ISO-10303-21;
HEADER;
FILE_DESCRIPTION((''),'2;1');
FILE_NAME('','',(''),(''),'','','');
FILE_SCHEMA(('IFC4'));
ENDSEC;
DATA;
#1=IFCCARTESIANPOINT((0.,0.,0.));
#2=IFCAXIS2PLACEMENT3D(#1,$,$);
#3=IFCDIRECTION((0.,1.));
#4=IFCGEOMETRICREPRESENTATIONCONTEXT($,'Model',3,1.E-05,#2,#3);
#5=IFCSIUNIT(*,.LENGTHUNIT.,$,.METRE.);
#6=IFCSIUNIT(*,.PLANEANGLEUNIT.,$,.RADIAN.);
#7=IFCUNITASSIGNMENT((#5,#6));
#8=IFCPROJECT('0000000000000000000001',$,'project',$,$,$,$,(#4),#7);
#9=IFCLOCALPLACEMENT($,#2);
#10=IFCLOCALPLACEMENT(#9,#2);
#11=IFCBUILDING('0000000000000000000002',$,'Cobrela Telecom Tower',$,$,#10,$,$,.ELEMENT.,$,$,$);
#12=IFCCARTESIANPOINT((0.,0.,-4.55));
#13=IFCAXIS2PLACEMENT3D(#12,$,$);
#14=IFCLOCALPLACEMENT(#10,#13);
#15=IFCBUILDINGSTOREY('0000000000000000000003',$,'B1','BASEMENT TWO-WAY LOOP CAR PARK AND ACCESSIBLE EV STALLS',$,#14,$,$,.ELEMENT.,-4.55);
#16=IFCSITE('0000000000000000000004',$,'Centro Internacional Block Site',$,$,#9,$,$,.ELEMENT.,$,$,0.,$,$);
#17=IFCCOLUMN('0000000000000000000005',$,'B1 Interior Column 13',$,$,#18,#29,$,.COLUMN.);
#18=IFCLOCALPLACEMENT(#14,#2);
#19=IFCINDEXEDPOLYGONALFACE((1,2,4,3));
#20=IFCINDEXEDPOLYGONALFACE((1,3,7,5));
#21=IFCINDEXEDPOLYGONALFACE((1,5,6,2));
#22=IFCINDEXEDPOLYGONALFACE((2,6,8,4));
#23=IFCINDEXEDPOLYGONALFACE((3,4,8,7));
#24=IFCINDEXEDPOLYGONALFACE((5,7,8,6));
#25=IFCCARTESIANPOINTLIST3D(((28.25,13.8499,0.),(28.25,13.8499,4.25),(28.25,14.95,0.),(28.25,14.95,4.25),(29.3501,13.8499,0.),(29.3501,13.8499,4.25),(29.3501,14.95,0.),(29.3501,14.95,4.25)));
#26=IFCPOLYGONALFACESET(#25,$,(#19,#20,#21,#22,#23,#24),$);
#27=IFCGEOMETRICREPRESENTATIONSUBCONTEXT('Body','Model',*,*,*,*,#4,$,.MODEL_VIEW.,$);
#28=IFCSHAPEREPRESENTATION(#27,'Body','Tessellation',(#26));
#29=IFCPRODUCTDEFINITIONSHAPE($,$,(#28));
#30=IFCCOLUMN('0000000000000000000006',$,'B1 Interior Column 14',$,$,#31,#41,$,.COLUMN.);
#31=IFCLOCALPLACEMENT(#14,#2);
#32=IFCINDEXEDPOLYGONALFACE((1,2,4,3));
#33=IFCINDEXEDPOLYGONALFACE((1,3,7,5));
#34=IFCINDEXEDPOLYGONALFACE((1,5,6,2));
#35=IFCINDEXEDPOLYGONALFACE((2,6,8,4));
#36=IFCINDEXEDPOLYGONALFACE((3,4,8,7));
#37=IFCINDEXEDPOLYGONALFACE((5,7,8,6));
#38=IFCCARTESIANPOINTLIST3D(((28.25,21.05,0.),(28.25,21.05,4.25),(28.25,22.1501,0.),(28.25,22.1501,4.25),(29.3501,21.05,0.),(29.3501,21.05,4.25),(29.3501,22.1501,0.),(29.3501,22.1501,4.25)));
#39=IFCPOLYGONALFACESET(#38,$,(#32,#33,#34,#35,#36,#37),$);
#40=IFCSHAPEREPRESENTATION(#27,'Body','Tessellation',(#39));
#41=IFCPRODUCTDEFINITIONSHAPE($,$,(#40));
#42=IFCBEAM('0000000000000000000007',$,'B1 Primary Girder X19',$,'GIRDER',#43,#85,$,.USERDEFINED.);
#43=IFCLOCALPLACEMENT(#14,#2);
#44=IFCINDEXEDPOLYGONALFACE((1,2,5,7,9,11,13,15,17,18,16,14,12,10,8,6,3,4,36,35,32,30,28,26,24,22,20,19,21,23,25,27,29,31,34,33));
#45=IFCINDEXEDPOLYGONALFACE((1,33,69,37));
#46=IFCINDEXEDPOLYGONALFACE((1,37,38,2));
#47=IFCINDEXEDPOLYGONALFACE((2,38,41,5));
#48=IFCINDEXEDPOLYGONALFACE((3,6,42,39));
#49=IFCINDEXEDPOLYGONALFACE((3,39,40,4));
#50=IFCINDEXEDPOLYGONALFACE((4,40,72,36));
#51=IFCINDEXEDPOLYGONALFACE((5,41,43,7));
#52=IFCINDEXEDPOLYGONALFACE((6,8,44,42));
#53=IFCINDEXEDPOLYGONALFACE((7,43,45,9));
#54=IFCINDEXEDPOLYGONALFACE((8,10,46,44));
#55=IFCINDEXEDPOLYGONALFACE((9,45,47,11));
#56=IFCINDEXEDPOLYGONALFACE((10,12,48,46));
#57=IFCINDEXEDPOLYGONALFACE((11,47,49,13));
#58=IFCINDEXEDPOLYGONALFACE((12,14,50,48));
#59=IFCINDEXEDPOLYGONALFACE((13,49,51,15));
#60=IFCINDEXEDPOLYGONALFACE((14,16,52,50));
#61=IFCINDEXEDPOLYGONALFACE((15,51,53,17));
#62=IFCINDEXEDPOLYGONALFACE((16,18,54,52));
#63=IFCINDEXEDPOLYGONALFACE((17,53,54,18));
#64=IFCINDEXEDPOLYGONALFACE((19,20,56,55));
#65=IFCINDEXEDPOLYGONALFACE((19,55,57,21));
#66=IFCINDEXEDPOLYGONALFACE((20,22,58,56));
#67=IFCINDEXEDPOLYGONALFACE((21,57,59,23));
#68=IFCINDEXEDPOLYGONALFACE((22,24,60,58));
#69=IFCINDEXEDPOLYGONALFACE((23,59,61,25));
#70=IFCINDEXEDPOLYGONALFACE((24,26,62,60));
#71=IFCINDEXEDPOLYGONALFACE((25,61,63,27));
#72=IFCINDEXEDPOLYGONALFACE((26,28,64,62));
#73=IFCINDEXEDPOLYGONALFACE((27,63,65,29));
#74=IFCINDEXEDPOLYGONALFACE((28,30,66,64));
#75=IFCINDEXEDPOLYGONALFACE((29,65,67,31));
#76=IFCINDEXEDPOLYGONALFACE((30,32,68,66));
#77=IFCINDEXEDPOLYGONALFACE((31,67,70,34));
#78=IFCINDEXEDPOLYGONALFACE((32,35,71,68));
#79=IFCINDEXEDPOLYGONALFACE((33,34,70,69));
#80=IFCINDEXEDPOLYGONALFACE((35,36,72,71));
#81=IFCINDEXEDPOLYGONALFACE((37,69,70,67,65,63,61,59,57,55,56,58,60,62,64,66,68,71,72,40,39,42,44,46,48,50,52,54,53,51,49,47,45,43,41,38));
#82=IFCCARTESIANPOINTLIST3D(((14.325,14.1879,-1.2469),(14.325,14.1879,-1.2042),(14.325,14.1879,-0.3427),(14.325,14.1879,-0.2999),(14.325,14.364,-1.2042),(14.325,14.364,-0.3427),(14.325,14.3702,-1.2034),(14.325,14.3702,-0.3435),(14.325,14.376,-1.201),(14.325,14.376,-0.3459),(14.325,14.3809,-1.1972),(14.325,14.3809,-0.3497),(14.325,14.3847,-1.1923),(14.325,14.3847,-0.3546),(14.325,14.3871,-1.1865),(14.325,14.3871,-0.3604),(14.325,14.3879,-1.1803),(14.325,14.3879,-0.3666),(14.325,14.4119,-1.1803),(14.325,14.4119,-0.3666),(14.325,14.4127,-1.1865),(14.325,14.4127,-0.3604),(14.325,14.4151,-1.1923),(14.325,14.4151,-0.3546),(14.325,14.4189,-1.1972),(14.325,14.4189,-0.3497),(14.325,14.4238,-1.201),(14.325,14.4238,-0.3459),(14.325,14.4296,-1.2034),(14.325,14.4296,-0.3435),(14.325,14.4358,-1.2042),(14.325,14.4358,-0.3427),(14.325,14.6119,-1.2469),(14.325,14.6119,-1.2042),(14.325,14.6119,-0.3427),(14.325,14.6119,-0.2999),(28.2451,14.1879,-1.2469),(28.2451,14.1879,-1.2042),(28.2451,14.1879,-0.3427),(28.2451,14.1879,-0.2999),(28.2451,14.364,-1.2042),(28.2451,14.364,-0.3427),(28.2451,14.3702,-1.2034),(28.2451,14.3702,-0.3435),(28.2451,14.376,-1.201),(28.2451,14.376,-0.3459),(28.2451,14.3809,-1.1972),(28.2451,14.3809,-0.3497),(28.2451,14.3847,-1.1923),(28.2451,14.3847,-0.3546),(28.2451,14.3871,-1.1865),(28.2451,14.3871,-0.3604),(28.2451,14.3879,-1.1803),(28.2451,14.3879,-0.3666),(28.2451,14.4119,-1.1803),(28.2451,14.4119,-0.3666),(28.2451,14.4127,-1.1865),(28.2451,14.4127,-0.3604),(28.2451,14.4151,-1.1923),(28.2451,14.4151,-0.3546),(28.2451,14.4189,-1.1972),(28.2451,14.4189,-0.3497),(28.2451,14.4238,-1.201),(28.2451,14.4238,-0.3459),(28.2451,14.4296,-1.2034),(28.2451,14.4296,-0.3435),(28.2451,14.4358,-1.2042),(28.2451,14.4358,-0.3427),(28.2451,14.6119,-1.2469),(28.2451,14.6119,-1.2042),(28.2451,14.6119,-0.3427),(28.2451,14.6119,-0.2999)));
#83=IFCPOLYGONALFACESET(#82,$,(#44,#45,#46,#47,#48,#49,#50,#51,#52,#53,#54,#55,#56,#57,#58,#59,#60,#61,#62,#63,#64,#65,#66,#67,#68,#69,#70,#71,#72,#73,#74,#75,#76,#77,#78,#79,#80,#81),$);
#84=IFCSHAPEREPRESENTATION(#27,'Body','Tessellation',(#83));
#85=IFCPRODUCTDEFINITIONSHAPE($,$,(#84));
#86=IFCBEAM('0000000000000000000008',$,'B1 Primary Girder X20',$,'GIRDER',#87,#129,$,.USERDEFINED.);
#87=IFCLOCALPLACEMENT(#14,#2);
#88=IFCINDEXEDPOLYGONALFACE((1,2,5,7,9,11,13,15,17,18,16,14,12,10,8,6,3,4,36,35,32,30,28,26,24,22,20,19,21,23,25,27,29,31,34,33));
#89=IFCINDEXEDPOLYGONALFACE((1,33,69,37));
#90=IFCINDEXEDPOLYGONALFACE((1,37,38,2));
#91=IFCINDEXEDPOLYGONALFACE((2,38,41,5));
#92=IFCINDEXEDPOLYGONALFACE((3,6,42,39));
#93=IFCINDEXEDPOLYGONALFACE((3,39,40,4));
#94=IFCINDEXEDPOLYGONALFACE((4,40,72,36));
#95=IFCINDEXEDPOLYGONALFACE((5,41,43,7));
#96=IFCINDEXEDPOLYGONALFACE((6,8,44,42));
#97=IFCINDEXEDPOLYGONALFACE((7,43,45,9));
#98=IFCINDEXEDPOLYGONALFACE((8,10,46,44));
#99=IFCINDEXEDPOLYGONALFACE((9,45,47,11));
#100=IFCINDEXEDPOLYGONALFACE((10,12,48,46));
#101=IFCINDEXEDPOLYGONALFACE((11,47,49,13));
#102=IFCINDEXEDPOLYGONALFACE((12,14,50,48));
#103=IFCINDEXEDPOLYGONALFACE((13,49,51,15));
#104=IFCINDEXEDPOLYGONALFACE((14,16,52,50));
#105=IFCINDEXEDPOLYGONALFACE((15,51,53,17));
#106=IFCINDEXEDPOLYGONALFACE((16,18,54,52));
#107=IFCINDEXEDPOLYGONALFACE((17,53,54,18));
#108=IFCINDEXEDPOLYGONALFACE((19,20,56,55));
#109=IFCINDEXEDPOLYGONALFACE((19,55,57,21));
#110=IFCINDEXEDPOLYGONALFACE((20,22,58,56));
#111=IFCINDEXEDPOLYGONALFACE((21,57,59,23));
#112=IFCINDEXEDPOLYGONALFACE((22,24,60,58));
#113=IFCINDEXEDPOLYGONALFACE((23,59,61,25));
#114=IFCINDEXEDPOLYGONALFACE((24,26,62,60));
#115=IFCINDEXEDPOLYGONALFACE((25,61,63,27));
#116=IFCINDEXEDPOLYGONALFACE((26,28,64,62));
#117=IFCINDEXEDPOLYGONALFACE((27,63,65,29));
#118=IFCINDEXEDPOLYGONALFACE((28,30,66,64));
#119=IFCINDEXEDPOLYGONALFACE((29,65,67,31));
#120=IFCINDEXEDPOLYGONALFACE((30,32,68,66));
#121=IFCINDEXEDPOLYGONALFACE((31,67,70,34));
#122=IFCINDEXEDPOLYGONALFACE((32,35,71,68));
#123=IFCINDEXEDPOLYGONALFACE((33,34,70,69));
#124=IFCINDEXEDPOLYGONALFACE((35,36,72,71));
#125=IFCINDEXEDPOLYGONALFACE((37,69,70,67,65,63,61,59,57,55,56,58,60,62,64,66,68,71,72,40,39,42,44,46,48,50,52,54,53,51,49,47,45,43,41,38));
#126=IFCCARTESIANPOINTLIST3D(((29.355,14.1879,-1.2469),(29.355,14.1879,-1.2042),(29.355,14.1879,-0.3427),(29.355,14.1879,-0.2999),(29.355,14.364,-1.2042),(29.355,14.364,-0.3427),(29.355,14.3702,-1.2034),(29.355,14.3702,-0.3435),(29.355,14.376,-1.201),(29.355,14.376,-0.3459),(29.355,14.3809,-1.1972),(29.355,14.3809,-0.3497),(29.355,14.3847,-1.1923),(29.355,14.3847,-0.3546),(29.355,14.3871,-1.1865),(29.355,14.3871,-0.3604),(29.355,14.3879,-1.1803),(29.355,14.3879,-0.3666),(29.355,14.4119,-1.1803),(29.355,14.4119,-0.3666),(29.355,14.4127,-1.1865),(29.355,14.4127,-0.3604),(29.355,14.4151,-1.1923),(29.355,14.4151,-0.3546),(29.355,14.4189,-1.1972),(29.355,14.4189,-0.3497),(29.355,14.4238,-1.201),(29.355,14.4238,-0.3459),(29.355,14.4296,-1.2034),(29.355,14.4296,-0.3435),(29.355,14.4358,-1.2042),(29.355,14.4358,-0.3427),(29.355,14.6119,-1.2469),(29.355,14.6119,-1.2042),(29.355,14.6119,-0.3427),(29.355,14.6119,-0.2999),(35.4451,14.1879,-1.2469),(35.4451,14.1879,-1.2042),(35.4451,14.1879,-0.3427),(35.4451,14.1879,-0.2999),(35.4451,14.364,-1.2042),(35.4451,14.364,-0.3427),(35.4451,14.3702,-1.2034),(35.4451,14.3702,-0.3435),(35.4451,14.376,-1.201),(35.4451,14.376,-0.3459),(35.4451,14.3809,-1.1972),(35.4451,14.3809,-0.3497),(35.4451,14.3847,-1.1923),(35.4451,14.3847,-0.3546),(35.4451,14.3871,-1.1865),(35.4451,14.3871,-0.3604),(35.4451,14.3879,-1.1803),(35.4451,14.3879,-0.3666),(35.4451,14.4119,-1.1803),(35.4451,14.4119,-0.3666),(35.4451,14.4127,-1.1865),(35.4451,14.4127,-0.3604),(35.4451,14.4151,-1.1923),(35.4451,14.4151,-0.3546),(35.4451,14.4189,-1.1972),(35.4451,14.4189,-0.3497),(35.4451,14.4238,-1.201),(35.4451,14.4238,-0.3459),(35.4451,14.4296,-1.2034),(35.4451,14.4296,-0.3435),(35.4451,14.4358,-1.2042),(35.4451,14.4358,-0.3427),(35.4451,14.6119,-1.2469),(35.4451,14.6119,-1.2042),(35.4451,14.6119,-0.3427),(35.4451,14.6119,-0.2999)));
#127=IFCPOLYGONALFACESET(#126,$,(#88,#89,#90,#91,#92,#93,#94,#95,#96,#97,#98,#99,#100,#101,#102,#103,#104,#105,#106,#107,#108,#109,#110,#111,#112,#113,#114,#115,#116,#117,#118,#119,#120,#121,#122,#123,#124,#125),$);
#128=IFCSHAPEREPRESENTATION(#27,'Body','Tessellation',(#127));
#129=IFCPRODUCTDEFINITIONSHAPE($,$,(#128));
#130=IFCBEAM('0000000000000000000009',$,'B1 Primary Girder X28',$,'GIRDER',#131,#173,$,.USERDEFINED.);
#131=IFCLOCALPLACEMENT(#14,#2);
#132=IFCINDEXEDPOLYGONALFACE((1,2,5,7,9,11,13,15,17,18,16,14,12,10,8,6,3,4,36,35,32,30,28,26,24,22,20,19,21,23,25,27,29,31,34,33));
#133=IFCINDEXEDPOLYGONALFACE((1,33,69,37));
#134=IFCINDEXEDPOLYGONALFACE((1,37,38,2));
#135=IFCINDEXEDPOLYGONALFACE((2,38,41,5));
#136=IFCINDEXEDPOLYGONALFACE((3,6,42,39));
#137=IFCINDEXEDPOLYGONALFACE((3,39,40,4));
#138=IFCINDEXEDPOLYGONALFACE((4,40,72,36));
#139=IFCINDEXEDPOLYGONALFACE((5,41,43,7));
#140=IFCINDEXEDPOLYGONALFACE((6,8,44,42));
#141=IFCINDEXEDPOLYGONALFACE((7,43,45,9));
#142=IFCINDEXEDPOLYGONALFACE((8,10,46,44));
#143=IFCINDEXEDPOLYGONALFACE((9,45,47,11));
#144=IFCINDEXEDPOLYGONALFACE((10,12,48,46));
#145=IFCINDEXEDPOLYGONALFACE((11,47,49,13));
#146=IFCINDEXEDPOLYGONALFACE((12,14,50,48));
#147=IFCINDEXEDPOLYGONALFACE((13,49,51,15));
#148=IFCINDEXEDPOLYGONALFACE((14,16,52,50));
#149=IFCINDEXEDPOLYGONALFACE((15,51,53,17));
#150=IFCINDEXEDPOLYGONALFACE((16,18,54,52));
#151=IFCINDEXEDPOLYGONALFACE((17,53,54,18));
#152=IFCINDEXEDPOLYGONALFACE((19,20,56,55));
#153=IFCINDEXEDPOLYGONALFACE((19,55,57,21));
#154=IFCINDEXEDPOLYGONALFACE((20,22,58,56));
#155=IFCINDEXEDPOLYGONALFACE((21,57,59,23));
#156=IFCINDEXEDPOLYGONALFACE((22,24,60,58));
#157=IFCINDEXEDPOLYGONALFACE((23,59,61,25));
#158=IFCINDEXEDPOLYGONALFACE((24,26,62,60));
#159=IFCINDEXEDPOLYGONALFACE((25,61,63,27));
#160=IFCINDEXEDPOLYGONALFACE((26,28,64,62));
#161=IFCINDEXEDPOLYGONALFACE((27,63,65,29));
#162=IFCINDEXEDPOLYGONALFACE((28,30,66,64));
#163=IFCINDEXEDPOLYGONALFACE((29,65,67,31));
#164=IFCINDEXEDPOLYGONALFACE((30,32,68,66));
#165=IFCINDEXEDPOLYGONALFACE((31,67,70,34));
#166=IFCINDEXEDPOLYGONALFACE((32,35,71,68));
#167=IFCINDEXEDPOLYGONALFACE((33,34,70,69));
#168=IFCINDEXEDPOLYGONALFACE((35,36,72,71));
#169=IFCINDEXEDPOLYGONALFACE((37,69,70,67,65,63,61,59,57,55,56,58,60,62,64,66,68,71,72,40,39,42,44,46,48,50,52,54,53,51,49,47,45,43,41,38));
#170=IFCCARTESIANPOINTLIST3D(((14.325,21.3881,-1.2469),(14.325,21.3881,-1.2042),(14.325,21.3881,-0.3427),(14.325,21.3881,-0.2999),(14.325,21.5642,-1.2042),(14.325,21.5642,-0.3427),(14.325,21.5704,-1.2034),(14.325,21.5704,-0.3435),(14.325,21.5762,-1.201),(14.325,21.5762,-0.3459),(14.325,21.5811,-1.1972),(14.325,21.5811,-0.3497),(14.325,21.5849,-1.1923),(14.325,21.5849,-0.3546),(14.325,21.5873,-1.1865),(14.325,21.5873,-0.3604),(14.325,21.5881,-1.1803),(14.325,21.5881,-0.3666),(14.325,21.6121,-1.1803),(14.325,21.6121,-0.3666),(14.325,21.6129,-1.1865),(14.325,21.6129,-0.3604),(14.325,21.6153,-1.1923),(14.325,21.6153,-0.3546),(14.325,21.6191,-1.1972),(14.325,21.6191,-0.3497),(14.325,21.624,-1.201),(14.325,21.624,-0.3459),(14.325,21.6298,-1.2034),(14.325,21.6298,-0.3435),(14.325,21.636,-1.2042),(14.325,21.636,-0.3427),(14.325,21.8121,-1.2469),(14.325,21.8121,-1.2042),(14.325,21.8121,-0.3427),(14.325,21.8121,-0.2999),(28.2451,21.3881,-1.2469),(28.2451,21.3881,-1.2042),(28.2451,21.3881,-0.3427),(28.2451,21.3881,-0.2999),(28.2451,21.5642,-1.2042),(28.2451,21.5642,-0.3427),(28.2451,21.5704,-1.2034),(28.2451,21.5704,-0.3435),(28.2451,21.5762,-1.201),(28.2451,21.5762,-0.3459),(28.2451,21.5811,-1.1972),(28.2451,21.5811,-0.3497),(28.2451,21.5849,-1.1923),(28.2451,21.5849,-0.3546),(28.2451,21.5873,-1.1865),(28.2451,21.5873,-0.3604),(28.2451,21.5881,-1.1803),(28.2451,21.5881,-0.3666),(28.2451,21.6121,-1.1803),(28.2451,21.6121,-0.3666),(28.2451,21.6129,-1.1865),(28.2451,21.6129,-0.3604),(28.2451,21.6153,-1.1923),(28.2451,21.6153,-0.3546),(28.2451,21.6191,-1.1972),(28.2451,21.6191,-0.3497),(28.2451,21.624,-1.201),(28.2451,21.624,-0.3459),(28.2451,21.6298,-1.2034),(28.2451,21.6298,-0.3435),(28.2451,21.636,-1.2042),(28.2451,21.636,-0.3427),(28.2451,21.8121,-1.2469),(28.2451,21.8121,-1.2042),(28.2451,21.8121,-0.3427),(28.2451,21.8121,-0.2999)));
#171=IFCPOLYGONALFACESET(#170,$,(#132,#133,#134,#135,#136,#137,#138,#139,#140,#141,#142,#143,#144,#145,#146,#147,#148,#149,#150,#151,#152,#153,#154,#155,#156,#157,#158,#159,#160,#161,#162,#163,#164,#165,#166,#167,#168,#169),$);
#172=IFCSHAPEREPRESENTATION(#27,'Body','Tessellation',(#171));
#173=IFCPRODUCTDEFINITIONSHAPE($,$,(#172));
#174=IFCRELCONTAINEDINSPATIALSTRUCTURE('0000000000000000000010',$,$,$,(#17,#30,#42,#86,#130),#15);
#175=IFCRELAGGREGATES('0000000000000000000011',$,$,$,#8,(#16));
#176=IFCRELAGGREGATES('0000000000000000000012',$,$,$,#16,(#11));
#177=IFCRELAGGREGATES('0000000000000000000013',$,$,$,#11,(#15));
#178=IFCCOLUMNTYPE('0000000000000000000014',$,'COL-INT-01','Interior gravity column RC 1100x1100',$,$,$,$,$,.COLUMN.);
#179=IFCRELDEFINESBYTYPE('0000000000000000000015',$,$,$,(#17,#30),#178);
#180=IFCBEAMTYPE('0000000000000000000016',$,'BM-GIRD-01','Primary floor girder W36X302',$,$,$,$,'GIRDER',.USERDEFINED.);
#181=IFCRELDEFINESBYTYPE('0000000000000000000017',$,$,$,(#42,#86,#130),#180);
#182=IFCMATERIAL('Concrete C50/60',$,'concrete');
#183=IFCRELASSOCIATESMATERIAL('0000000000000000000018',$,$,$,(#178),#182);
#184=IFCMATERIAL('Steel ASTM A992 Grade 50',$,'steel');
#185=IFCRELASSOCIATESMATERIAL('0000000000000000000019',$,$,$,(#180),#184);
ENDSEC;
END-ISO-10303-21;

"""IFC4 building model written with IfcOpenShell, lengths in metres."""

from ifc_helpers import new_model, si_unit, direction, frame, origin, origin_2d, place, context, subcontext, project, spatial, rectangle, i_section, extrude, material, material_profile, profile_set, type_object, element, save


model = new_model("IFC4")

# Units and contexts
model_context = context("Model", 3, precision=1e-05, world=origin(), true_north=direction((0.0, 1.0)))
body_context = subcontext(model_context, "Body", "Model", "MODEL_VIEW")
ifc_project = project(units=[si_unit("LENGTHUNIT", "METRE"), si_unit("PLANEANGLEUNIT", "RADIAN")], contexts=[model_context])

# Site, building, storey
site_placement = place(None, origin())
site = spatial("IfcSite", under=ifc_project, at=site_placement, Name="Centro Internacional Block Site", CompositionType="ELEMENT", RefElevation=0.0)
building_placement = place(site_placement, origin())
building = spatial("IfcBuilding", under=site, at=building_placement, Name="Cobrela Telecom Tower", CompositionType="ELEMENT")
storey_placement = place(building_placement, frame((0.0, 0.0, -4.55)))
storey = spatial("IfcBuildingStorey", under=building, at=storey_placement, Name="B1", Description="BASEMENT TWO-WAY LOOP CAR PARK AND ACCESSIBLE EV STALLS", CompositionType="ELEMENT", Elevation=-4.55)

# Columns
ifc_material_1 = material(Name="Concrete C50/60", Category="concrete")
ifc_material_profile_1 = material_profile(ifc_material_1, rectangle(XDim=1.1001, YDim=1.1001, at=origin_2d()), Name="RC 1100x1100")
ifc_profile_set_1 = profile_set([ifc_material_profile_1], Name="Concrete C50/60")
column_type = type_object("IfcColumnType", Name="COL-INT-01", Description="Interior gravity column RC 1100x1100", PredefinedType="COLUMN", material=ifc_profile_set_1)
for number, where, z_axis, x_axis, name in (
    (1, (28.8, 14.3999, 0.0), (0.0, 0.0, 1.0), (1.0, 0.0, 0.0), "B1 Interior Column 13"),
    (2, (28.8, 21.6001, 0.0), (0.0, 0.0, 1.0), (1.0, 0.0, 0.0), "B1 Interior Column 14"),
):
    element("IfcColumn", number, at=place(storey_placement, frame(where, z_axis=z_axis, x_axis=x_axis)), inside=storey, type_object=column_type, Name=name, PredefinedType="COLUMN", context=body_context, shape_type="SweptSolid", body=[
        extrude(rectangle(XDim=1.1001, YDim=1.1001, at=origin_2d()), origin(), (0.0, 0.0, 1.0), 4.25),
    ])

# Beams
ifc_material_2 = material(Name="Steel ASTM A992 Grade 50", Category="steel")
ifc_material_profile_2 = material_profile(ifc_material_2, i_section(OverallWidth=0.4241, OverallDepth=0.947, WebThickness=0.0239, FlangeThickness=0.0427, FilletRadius=0.0239, at=origin_2d()), Name="W36X302")
ifc_profile_set_2 = profile_set([ifc_material_profile_2], Name="Steel ASTM A992 Grade 50")
beam_type_1 = type_object("IfcBeamType", Name="BM-GIRD-01", Description="Primary floor girder W36X302", ElementType="GIRDER", PredefinedType="USERDEFINED", material=ifc_profile_set_2)
beam_1_placement = place(storey_placement, frame((14.325, 14.3999, -0.7734), z_axis=(1.0, 0.0, 0.0), x_axis=(0.0, 1.0, 0.0)))
element("IfcBeam", 3, at=beam_1_placement, inside=storey, type_object=beam_type_1, Name="B1 Primary Girder X19", ObjectType="GIRDER", PredefinedType="USERDEFINED", context=body_context, shape_type="SweptSolid", body=[
    extrude(i_section(OverallWidth=0.4241, OverallDepth=0.947, WebThickness=0.0239, FlangeThickness=0.0427, FilletRadius=0.0239, at=origin_2d()), origin(), (0.0, 0.0, 1.0), 13.9202),
])
beam_2_placement = place(storey_placement, frame((29.355, 14.3999, -0.7734), z_axis=(1.0, 0.0, 0.0), x_axis=(0.0, 1.0, 0.0)))
element("IfcBeam", 4, at=beam_2_placement, inside=storey, type_object=beam_type_1, Name="B1 Primary Girder X20", ObjectType="GIRDER", PredefinedType="USERDEFINED", context=body_context, shape_type="SweptSolid", body=[
    extrude(i_section(OverallWidth=0.4241, OverallDepth=0.947, WebThickness=0.0239, FlangeThickness=0.0427, FilletRadius=0.0239, at=origin_2d()), origin(), (0.0, 0.0, 1.0), 6.0901),
])
beam_3_placement = place(storey_placement, frame((14.325, 21.6001, -0.7734), z_axis=(1.0, 0.0, 0.0), x_axis=(0.0, 1.0, 0.0)))
element("IfcBeam", 5, at=beam_3_placement, inside=storey, type_object=beam_type_1, Name="B1 Primary Girder X28", ObjectType="GIRDER", PredefinedType="USERDEFINED", context=body_context, shape_type="SweptSolid", body=[
    extrude(i_section(OverallWidth=0.4241, OverallDepth=0.947, WebThickness=0.0239, FlangeThickness=0.0427, FilletRadius=0.0239, at=origin_2d()), origin(), (0.0, 0.0, 1.0), 13.9202),
])

save(model, "model.ifc")
